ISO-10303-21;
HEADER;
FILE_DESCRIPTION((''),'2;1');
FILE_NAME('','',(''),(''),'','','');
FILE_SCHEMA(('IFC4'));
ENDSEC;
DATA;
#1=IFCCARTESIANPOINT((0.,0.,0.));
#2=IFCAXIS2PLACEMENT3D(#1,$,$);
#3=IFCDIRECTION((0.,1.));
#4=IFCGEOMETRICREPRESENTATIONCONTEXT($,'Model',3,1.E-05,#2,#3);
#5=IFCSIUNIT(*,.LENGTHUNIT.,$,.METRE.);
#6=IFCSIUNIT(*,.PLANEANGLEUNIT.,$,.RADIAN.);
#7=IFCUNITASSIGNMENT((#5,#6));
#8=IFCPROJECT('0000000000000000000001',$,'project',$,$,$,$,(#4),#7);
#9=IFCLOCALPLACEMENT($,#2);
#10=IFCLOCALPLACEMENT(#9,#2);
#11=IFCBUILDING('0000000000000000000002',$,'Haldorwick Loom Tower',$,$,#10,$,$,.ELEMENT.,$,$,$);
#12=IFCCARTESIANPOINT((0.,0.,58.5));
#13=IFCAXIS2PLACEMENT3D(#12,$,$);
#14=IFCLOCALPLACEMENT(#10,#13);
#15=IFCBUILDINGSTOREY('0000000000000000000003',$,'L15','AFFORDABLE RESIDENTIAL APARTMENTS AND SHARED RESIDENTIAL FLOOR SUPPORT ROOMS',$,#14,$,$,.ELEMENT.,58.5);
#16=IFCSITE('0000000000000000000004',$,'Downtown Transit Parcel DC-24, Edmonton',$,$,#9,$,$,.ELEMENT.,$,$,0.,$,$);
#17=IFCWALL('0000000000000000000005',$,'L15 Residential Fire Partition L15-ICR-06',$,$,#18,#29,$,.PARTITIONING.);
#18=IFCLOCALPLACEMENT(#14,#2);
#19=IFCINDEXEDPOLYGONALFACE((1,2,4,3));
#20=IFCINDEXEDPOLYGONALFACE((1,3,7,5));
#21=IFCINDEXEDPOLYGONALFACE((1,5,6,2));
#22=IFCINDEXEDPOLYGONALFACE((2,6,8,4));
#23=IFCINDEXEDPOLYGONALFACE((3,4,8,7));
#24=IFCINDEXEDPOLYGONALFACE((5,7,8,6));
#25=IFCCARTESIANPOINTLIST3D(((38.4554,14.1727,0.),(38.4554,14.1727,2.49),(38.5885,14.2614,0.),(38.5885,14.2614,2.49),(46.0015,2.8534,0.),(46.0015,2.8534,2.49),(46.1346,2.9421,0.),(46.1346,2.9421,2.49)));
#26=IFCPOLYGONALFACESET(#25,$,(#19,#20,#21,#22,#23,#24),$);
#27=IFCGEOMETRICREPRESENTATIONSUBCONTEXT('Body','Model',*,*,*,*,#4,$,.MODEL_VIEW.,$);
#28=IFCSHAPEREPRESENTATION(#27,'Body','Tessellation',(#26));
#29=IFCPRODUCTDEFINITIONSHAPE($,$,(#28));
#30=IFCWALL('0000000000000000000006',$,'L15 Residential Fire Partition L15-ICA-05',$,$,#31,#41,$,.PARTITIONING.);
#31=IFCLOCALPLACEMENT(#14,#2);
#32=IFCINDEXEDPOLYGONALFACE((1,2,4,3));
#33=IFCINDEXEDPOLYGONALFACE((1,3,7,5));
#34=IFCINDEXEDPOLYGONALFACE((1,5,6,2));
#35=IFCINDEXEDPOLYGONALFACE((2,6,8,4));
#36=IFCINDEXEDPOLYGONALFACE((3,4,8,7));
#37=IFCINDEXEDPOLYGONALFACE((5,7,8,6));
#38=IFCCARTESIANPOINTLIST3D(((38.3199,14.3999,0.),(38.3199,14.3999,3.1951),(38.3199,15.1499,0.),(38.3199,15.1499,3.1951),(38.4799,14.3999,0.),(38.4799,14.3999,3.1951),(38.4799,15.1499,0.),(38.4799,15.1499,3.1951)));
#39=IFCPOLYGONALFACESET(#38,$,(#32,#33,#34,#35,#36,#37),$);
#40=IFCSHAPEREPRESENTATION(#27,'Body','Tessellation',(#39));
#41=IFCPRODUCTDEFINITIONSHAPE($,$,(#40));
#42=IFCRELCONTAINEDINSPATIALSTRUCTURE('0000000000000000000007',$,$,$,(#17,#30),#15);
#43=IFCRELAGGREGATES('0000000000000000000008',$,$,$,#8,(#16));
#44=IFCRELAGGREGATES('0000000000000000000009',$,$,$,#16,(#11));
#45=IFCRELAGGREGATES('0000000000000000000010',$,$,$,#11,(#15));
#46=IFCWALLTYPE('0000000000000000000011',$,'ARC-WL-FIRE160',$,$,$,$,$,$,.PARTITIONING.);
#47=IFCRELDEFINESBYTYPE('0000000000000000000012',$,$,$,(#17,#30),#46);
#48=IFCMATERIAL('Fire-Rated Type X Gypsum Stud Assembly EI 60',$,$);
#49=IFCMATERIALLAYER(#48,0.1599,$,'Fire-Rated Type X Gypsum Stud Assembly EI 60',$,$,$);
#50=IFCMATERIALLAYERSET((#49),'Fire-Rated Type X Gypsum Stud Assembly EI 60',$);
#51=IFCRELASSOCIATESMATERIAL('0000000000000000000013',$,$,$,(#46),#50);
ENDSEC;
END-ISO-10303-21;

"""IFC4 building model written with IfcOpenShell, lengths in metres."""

from ifc_helpers import new_model, si_unit, direction, frame, frame_2d, origin, place, context, subcontext, project, spatial, rectangle, extrude, material, layer, layer_set, type_object, element, save


model = new_model("IFC4")

# Units and contexts
model_context = context("Model", 3, precision=1e-05, world=origin(), true_north=direction((0.0, 1.0)))
body_context = subcontext(model_context, "Body", "Model", "MODEL_VIEW")
ifc_project = project(units=[si_unit("LENGTHUNIT", "METRE"), si_unit("PLANEANGLEUNIT", "RADIAN")], contexts=[model_context])

# Site, building, storey
site_placement = place(None, origin())
site = spatial("IfcSite", under=ifc_project, at=site_placement, Name="Downtown Transit Parcel DC-24, Edmonton", CompositionType="ELEMENT", RefElevation=0.0)
building_placement = place(site_placement, origin())
building = spatial("IfcBuilding", under=site, at=building_placement, Name="Haldorwick Loom Tower", CompositionType="ELEMENT")
storey_placement = place(building_placement, frame((0.0, 0.0, 58.5)))
storey = spatial("IfcBuildingStorey", under=building, at=storey_placement, Name="L15", Description="AFFORDABLE RESIDENTIAL APARTMENTS AND SHARED RESIDENTIAL FLOOR SUPPORT ROOMS", CompositionType="ELEMENT", Elevation=58.5)

# Walls
ifc_material_1 = material(Name="Fire-Rated Type X Gypsum Stud Assembly EI 60")
ifc_layer_1 = layer(ifc_material_1, 0.1599, Name="Fire-Rated Type X Gypsum Stud Assembly EI 60")
ifc_layer_set_1 = layer_set([ifc_layer_1], Name="Fire-Rated Type X Gypsum Stud Assembly EI 60")
wall_type_1 = type_object("IfcWallType", Name="ARC-WL-FIRE160", PredefinedType="PARTITIONING", material=ifc_layer_set_1)
wall_1_placement = place(storey_placement, frame((38.522, 14.217, 0.0), z_axis=(0.0, 0.0, 1.0), x_axis=(0.554696, -0.832053, 0.0)))
element("IfcWall", 1, at=wall_1_placement, inside=storey, type_object=wall_type_1, Name="L15 Residential Fire Partition L15-ICR-06", PredefinedType="PARTITIONING", context=body_context, shape_type="SweptSolid", body=[
    extrude(rectangle(XDim=13.604, YDim=0.1599, at=frame_2d((6.802, 0.0))), origin(), (0.0, 0.0, 1.0), 2.49),
])
wall_2_placement = place(storey_placement, frame((38.3999, 15.1499, 0.0), z_axis=(0.0, 0.0, 1.0), x_axis=(0.0, -1.0, 0.0)))
element("IfcWall", 2, at=wall_2_placement, inside=storey, type_object=wall_type_1, Name="L15 Residential Fire Partition L15-ICA-05", PredefinedType="PARTITIONING", context=body_context, shape_type="SweptSolid", body=[
    extrude(rectangle(XDim=0.75, YDim=0.1599, at=frame_2d((0.375, 0.0))), origin(), (0.0, 0.0, 1.0), 3.1951),
])

save(model, "model.ifc")
